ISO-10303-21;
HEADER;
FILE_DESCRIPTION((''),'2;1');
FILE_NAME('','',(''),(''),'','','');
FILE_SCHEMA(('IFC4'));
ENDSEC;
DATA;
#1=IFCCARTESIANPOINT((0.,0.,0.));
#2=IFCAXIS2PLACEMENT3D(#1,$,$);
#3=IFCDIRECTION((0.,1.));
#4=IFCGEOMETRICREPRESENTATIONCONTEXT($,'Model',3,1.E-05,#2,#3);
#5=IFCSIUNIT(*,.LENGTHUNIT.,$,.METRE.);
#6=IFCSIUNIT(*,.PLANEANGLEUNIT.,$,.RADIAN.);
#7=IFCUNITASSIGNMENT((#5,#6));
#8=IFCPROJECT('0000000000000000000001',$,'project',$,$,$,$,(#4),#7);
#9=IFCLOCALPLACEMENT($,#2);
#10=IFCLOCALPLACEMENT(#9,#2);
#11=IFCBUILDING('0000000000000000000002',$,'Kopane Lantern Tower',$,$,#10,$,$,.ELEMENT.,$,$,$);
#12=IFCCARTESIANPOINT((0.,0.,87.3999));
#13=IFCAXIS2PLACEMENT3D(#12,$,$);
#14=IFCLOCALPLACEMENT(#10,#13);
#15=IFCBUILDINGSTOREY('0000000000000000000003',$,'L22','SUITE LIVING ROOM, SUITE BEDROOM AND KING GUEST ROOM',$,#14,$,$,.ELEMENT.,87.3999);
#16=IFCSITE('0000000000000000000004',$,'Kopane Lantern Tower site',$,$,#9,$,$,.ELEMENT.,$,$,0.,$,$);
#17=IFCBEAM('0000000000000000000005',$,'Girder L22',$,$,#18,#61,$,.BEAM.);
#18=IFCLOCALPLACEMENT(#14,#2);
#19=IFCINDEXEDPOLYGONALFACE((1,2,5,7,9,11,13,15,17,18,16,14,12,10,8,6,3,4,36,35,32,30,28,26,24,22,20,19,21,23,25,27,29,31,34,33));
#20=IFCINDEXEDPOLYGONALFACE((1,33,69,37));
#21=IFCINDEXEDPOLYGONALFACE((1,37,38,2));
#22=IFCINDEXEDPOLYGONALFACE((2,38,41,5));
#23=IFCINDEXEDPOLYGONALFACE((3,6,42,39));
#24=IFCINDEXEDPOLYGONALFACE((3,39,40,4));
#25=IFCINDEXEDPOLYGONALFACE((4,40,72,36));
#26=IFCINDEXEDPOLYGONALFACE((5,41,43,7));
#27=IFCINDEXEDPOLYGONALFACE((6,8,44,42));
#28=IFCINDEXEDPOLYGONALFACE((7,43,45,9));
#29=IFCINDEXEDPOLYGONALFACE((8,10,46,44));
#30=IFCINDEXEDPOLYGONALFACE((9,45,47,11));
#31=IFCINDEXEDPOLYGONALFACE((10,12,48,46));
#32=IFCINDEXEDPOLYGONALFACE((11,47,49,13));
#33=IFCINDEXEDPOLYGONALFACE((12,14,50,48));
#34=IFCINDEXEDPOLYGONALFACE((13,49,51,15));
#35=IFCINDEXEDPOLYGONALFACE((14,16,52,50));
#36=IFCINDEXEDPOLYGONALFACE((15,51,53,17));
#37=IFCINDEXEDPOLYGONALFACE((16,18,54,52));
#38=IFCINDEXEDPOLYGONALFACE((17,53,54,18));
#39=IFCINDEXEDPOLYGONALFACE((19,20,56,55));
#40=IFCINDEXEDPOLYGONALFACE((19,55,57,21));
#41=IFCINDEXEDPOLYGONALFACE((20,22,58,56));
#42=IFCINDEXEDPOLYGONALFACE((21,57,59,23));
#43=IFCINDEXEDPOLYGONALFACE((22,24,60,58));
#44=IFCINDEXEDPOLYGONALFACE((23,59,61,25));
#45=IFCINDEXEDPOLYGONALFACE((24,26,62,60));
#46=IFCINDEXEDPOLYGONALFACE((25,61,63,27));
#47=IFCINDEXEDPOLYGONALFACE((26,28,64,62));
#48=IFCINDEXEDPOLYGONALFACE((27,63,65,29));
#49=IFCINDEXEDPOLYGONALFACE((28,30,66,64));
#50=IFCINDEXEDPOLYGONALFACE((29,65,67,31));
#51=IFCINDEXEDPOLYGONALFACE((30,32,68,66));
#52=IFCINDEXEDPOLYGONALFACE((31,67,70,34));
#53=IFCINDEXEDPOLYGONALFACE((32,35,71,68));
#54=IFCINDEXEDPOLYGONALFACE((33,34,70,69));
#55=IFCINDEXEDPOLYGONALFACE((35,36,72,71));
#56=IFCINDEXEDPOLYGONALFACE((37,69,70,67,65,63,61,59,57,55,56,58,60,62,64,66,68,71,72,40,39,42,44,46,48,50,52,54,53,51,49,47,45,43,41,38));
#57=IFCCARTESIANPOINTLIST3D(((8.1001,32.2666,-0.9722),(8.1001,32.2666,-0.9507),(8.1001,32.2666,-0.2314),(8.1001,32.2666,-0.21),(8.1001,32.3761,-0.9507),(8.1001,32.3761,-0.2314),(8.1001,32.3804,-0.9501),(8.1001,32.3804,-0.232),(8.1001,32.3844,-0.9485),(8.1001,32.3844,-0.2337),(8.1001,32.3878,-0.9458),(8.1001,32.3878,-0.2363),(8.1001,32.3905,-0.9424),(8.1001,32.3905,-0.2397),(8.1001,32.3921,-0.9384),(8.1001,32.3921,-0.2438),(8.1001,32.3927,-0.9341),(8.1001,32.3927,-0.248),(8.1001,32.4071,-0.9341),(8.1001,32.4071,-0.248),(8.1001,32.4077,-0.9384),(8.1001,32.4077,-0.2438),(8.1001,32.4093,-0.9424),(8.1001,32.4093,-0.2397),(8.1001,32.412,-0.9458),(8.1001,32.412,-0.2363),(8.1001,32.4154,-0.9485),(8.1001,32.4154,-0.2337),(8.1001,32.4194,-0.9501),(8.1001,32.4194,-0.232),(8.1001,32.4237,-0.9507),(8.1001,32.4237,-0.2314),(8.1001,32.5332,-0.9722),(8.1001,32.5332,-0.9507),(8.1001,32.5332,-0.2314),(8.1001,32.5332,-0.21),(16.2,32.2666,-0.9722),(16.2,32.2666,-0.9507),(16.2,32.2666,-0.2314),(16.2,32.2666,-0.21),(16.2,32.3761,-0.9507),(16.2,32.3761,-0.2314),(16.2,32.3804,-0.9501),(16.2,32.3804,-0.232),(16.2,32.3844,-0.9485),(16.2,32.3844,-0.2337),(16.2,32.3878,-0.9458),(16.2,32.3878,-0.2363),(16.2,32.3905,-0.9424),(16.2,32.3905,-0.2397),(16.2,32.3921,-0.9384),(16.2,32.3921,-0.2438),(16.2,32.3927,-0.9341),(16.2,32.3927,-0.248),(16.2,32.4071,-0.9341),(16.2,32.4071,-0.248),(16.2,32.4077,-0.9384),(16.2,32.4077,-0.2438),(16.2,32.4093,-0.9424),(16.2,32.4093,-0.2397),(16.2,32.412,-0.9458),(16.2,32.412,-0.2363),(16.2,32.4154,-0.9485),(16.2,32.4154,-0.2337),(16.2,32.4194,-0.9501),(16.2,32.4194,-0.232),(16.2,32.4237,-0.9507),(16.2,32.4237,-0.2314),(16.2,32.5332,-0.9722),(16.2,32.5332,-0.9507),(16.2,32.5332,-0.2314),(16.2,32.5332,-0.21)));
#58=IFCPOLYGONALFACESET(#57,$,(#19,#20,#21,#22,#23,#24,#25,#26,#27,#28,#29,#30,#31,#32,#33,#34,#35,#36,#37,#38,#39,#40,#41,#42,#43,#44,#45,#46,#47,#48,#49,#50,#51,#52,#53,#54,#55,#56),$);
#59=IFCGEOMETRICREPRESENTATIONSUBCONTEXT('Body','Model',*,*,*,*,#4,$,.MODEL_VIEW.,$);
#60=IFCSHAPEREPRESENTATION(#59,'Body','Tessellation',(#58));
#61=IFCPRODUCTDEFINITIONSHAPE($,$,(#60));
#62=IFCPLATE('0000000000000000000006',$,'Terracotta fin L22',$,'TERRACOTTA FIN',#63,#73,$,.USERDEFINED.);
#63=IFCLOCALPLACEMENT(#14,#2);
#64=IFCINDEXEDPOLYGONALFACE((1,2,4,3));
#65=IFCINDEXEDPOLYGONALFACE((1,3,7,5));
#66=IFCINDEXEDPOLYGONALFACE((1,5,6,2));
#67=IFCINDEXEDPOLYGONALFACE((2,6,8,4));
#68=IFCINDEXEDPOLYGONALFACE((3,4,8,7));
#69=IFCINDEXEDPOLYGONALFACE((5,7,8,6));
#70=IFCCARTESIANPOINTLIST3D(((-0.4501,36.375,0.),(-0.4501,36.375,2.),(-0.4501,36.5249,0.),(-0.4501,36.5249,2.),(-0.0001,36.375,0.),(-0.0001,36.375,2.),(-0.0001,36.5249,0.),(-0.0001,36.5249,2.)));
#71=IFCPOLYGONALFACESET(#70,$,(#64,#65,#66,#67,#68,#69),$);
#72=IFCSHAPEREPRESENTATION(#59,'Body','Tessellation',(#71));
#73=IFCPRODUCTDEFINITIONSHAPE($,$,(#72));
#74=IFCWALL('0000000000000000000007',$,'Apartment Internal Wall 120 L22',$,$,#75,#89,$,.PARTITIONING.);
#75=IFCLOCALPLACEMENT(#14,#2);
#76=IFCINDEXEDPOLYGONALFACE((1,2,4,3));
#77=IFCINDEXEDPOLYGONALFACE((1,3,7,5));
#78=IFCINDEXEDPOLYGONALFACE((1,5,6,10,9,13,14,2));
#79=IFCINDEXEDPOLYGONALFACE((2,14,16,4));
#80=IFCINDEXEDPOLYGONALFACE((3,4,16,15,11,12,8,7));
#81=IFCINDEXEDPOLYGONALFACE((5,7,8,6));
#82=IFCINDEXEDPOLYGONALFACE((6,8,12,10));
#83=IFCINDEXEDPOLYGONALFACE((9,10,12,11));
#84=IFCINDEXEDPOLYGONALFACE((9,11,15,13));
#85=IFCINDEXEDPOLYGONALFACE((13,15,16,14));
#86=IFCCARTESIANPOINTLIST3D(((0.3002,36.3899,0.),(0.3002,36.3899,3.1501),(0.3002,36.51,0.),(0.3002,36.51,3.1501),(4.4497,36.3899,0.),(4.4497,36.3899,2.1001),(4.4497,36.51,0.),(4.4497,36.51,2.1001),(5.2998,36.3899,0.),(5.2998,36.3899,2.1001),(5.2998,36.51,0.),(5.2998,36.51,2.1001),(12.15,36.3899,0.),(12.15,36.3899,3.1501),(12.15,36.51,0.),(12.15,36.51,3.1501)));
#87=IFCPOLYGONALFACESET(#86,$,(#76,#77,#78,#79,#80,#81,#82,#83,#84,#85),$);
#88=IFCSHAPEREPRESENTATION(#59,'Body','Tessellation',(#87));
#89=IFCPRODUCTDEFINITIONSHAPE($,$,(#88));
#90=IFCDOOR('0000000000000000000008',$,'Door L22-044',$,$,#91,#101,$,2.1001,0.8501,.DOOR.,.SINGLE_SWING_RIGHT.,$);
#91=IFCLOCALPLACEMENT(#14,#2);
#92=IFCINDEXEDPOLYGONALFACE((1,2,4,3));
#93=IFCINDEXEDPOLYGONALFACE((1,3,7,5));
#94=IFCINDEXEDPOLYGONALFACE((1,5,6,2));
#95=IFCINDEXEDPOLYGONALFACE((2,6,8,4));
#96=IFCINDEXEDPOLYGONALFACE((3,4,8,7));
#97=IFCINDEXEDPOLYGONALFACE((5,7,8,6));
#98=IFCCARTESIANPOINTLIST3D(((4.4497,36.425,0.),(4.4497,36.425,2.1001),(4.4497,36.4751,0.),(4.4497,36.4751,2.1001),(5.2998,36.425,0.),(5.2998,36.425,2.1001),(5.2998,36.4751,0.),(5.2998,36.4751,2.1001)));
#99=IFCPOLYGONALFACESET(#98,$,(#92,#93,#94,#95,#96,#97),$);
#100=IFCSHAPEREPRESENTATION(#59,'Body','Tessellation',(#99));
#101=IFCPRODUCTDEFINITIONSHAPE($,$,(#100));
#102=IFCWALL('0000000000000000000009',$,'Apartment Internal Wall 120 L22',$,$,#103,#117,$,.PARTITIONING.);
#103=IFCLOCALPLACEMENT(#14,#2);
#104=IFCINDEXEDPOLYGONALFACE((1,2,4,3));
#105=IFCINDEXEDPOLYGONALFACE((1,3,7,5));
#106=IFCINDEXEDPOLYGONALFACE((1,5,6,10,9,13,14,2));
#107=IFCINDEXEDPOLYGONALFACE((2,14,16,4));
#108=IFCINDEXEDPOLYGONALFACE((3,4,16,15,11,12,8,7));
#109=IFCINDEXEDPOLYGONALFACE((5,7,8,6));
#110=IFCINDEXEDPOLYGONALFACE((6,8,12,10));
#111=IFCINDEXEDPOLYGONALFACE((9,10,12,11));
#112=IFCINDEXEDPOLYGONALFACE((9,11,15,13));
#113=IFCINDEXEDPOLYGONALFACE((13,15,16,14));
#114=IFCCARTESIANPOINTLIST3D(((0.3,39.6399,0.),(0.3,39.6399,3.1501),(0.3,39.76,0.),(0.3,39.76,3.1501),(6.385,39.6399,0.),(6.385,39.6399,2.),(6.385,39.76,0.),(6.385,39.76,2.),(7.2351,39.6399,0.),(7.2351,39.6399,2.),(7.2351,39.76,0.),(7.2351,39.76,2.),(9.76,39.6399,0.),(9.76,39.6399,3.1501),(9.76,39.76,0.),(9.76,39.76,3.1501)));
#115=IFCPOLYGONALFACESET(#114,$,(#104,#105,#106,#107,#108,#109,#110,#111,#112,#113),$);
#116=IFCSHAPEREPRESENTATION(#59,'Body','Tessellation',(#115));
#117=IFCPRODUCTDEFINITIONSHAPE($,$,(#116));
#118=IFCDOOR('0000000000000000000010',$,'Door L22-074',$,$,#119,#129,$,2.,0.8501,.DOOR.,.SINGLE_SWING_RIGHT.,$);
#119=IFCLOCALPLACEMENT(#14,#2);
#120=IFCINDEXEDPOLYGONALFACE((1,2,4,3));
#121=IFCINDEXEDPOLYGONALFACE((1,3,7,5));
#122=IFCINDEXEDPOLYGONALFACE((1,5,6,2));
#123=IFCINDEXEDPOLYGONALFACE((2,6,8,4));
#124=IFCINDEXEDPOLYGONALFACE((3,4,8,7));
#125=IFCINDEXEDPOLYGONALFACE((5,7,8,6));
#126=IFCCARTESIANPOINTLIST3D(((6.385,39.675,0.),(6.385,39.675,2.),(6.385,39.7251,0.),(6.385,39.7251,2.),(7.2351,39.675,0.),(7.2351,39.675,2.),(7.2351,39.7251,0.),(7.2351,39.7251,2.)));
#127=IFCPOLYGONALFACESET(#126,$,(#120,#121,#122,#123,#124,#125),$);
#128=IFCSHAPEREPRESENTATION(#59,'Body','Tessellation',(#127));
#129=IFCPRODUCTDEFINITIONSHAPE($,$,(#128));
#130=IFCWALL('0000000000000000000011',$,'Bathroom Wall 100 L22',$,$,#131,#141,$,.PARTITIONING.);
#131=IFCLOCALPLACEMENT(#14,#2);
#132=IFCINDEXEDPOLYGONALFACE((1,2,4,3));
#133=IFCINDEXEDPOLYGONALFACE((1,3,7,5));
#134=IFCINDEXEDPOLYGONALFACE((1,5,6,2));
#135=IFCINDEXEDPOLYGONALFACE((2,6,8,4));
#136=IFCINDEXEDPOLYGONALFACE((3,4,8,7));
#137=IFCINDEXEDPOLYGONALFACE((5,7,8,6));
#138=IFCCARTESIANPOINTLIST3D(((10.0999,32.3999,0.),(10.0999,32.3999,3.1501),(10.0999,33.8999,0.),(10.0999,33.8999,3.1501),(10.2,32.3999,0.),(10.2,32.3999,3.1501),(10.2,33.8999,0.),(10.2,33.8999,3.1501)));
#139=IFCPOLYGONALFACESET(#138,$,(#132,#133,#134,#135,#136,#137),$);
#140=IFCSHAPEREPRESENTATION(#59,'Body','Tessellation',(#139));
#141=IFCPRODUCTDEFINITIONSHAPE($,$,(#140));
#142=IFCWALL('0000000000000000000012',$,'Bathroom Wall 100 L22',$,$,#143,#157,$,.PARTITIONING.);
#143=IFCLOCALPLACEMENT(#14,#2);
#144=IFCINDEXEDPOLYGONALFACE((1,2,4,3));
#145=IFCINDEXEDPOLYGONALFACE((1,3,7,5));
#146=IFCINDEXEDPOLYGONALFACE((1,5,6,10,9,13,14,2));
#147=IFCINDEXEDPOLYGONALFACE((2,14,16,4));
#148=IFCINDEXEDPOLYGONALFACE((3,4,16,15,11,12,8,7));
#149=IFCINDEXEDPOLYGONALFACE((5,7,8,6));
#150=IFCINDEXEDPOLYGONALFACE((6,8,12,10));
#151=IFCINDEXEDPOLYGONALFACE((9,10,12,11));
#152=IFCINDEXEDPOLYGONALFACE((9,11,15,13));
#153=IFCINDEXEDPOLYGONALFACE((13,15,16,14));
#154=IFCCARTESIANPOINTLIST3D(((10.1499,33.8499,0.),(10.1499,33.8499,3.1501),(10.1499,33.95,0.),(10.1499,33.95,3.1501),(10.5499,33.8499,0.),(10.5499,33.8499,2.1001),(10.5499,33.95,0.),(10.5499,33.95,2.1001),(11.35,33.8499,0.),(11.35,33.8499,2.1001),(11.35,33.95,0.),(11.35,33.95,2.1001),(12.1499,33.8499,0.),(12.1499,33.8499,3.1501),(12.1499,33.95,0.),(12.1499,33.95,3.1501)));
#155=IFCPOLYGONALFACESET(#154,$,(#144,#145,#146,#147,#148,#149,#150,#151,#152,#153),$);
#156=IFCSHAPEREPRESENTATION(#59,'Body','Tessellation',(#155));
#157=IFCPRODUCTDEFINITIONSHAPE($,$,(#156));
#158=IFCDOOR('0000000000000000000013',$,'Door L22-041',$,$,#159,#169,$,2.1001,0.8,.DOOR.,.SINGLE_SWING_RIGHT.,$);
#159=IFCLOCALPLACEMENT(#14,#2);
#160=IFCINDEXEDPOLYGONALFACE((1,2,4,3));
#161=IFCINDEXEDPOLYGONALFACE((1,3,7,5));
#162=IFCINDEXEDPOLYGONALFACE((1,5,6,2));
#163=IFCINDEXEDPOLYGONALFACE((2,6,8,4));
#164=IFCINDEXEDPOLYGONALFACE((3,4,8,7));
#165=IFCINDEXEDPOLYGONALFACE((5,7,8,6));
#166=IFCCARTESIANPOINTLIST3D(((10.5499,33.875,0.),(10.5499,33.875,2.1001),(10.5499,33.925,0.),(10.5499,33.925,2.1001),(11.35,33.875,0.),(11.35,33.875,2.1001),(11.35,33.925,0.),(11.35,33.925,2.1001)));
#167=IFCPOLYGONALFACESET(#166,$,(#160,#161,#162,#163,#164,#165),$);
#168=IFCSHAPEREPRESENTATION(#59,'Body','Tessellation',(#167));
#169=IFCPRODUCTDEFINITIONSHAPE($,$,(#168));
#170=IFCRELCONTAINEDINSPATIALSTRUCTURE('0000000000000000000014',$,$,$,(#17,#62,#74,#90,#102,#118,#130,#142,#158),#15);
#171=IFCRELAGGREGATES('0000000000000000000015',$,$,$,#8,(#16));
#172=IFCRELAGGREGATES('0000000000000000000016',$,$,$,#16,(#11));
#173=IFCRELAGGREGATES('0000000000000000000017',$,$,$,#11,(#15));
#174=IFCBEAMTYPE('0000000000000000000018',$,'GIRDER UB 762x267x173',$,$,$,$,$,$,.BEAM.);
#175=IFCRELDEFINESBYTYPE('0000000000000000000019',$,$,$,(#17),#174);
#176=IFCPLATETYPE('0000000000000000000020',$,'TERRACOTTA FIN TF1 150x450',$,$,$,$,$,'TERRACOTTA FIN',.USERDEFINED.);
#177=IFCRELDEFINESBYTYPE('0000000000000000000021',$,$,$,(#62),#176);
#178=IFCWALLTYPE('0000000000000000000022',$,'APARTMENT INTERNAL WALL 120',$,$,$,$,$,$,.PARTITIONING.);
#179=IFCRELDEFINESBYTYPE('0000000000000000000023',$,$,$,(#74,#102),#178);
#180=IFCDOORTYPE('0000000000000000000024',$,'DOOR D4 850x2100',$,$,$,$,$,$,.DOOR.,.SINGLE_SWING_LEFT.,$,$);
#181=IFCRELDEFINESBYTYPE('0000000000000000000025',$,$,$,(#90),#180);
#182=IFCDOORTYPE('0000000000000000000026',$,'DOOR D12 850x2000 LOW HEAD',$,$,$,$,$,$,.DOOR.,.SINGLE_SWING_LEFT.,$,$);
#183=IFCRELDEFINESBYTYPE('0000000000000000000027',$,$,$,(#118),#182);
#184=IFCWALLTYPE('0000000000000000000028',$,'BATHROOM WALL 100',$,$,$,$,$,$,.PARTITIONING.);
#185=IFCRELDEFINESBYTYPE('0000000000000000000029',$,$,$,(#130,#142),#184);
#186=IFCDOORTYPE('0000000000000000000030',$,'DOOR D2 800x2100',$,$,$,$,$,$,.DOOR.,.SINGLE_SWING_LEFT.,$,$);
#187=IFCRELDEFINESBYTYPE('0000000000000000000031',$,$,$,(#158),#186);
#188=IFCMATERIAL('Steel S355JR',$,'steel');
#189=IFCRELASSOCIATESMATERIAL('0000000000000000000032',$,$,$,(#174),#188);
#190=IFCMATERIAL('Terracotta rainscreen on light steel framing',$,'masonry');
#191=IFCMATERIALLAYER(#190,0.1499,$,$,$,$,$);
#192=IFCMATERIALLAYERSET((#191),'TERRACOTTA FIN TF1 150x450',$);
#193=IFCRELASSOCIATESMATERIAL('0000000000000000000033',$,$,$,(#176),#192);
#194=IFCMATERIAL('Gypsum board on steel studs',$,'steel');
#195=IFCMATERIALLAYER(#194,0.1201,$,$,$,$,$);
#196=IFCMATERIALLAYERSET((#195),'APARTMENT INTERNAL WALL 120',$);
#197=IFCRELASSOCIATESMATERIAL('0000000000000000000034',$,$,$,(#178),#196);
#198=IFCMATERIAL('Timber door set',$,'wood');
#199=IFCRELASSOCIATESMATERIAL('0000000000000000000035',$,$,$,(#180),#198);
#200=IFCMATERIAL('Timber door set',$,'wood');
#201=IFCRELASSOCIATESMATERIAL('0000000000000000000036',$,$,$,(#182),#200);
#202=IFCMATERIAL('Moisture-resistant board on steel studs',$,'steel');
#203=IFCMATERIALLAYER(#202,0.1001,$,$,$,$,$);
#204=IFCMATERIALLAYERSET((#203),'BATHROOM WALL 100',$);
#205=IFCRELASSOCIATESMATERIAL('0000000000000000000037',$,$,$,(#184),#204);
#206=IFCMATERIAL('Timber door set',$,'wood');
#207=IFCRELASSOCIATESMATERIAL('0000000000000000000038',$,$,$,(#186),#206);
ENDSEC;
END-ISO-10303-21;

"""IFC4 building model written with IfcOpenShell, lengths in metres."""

from ifc_helpers import new_model, si_unit, direction, frame, frame_2d, origin, origin_2d, place, context, subcontext, project, spatial, rectangle, i_section, extrude, material, layer, layer_set, material_profile, profile_set, type_object, element, fill, save


model = new_model("IFC4")

# Units and contexts
model_context = context("Model", 3, precision=1e-05, world=origin(), true_north=direction((0.0, 1.0)))
body_context = subcontext(model_context, "Body", "Model", "MODEL_VIEW")
ifc_project = project(units=[si_unit("LENGTHUNIT", "METRE"), si_unit("PLANEANGLEUNIT", "RADIAN")], contexts=[model_context])

# Site, building, storey
site_placement = place(None, origin())
site = spatial("IfcSite", under=ifc_project, at=site_placement, Name="Kopane Lantern Tower site", CompositionType="ELEMENT", RefElevation=0.0)
building_placement = place(site_placement, origin())
building = spatial("IfcBuilding", under=site, at=building_placement, Name="Kopane Lantern Tower", CompositionType="ELEMENT")
storey_placement = place(building_placement, frame((0.0, 0.0, 87.3999)))
storey = spatial("IfcBuildingStorey", under=building, at=storey_placement, Name="L22", Description="SUITE LIVING ROOM, SUITE BEDROOM AND KING GUEST ROOM", CompositionType="ELEMENT", Elevation=87.3999)

# Beam
ifc_material_1 = material(Name="Steel S355JR", Category="steel")
ifc_material_profile = material_profile(ifc_material_1, i_section(OverallWidth=0.2666, OverallDepth=0.7622, WebThickness=0.0144, FlangeThickness=0.0215, FilletRadius=0.0166, at=origin_2d()), Name="UB 762x267x173")
ifc_profile_set = profile_set([ifc_material_profile], Name="Steel S355JR")
beam_type = type_object("IfcBeamType", Name="GIRDER UB 762x267x173", PredefinedType="BEAM", material=ifc_profile_set)
beam_placement = place(storey_placement, frame((8.1001, 32.3999, -0.5911), z_axis=(1.0, 0.0, 0.0), x_axis=(0.0, 1.0, 0.0)))
element("IfcBeam", 1, at=beam_placement, inside=storey, type_object=beam_type, Name="Girder L22", PredefinedType="BEAM", context=body_context, shape_type="SweptSolid", body=[
    extrude(i_section(OverallWidth=0.2666, OverallDepth=0.7622, WebThickness=0.0144, FlangeThickness=0.0215, FilletRadius=0.0166, at=origin_2d()), origin(), (0.0, 0.0, 1.0), 8.0999),
])

# Plate
ifc_material_2 = material(Name="Terracotta rainscreen on light steel framing", Category="masonry")
ifc_layer_1 = layer(ifc_material_2, 0.1499)
ifc_layer_set_1 = layer_set([ifc_layer_1], Name="TERRACOTTA FIN TF1 150x450")
plate_type = type_object("IfcPlateType", Name="TERRACOTTA FIN TF1 150x450", ElementType="TERRACOTTA FIN", PredefinedType="USERDEFINED", material=ifc_layer_set_1)
plate_placement = place(storey_placement, frame((-0.2251, 36.45, 0.0), z_axis=(0.0, 0.0, 1.0), x_axis=(0.0, -1.0, 0.0)))
element("IfcPlate", 2, at=plate_placement, inside=storey, type_object=plate_type, Name="Terracotta fin L22", ObjectType="TERRACOTTA FIN", PredefinedType="USERDEFINED", context=body_context, shape_type="SweptSolid", body=[
    extrude(rectangle(XDim=0.1499, YDim=0.45, at=origin_2d()), origin(), (0.0, 0.0, 1.0), 2.0),
])

# Walls, openings, doors
ifc_material_3 = material(Name="Gypsum board on steel studs", Category="steel")
ifc_layer_2 = layer(ifc_material_3, 0.1201)
ifc_layer_set_2 = layer_set([ifc_layer_2], Name="APARTMENT INTERNAL WALL 120")
wall_type_1 = type_object("IfcWallType", Name="APARTMENT INTERNAL WALL 120", PredefinedType="PARTITIONING", material=ifc_layer_set_2)
wall_1_placement = place(storey_placement, frame((12.1499, 36.45, 0.0), z_axis=(0.0, 0.0, 1.0), x_axis=(-1.0, 0.0, 0.0)))
wall_1 = element("IfcWall", 3, at=wall_1_placement, inside=storey, type_object=wall_type_1, Name="Apartment Internal Wall 120 L22", PredefinedType="PARTITIONING", context=body_context, shape_type="SweptSolid", body=[
    extrude(rectangle(XDim=11.8499, YDim=0.1201, at=frame_2d((5.9248, 0.0))), origin(), (0.0, 0.0, 1.0), 3.1501),
])
opening_1_placement = place(wall_1_placement, frame((6.8501, 0.0, 0.0)))
opening_1 = element("IfcOpeningElement", 4, at=opening_1_placement, cuts=wall_1, PredefinedType="OPENING", context=body_context, shape_type="SweptSolid", body=[
    extrude(rectangle(XDim=0.8501, YDim=2.1001, at=frame_2d((0.425, 1.05))), frame((0.0, 0.0701, 0.0), z_axis=(0.0, -1.0, 0.0), x_axis=(1.0, 0.0, 0.0)), (0.0, 0.0, 1.0), 0.1401),
])
ifc_material_4 = material(Name="Timber door set", Category="wood")
door_type_1 = type_object("IfcDoorType", Name="DOOR D4 850x2100", OperationType="SINGLE_SWING_LEFT", PredefinedType="DOOR", material=ifc_material_4)
door_1_placement = place(opening_1_placement, origin())
door_1 = element("IfcDoor", 5, at=door_1_placement, inside=storey, type_object=door_type_1, Name="Door L22-044", OperationType="SINGLE_SWING_RIGHT", OverallHeight=2.1001, OverallWidth=0.8501, PredefinedType="DOOR", context=body_context, shape_type="SweptSolid", body=[
    extrude(rectangle(XDim=0.8501, YDim=2.1001, at=frame_2d((0.425, 1.05))), frame((0.0, 0.0249, 0.0), z_axis=(0.0, -1.0, 0.0), x_axis=(1.0, 0.0, 0.0)), (0.0, 0.0, 1.0), 0.05),
])
fill(opening_1, door_1)
wall_2_placement = place(storey_placement, frame((9.76, 39.7, 0.0), z_axis=(0.0, 0.0, 1.0), x_axis=(-1.0, 0.0, 0.0)))
wall_2 = element("IfcWall", 6, at=wall_2_placement, inside=storey, type_object=wall_type_1, Name="Apartment Internal Wall 120 L22", PredefinedType="PARTITIONING", context=body_context, shape_type="SweptSolid", body=[
    extrude(rectangle(XDim=9.46, YDim=0.1201, at=frame_2d((4.73, 0.0))), origin(), (0.0, 0.0, 1.0), 3.1501),
])
opening_2_placement = place(wall_2_placement, frame((2.5249, 0.0, 0.0)))
opening_2 = element("IfcOpeningElement", 7, at=opening_2_placement, cuts=wall_2, PredefinedType="OPENING", context=body_context, shape_type="SweptSolid", body=[
    extrude(rectangle(XDim=0.8501, YDim=2.0, at=frame_2d((0.425, 1.0))), frame((0.0, 0.0701, 0.0), z_axis=(0.0, -1.0, 0.0), x_axis=(1.0, 0.0, 0.0)), (0.0, 0.0, 1.0), 0.1401),
])
ifc_material_5 = material(Name="Timber door set", Category="wood")
door_type_2 = type_object("IfcDoorType", Name="DOOR D12 850x2000 LOW HEAD", OperationType="SINGLE_SWING_LEFT", PredefinedType="DOOR", material=ifc_material_5)
door_2_placement = place(opening_2_placement, origin())
door_2 = element("IfcDoor", 8, at=door_2_placement, inside=storey, type_object=door_type_2, Name="Door L22-074", OperationType="SINGLE_SWING_RIGHT", OverallHeight=2.0, OverallWidth=0.8501, PredefinedType="DOOR", context=body_context, shape_type="SweptSolid", body=[
    extrude(rectangle(XDim=0.8501, YDim=2.0, at=frame_2d((0.425, 1.0))), frame((0.0, 0.0249, 0.0), z_axis=(0.0, -1.0, 0.0), x_axis=(1.0, 0.0, 0.0)), (0.0, 0.0, 1.0), 0.05),
])
fill(opening_2, door_2)

# Wall
ifc_material_6 = material(Name="Moisture-resistant board on steel studs", Category="steel")
ifc_layer_3 = layer(ifc_material_6, 0.1001)
ifc_layer_set_3 = layer_set([ifc_layer_3], Name="BATHROOM WALL 100")
wall_type_2 = type_object("IfcWallType", Name="BATHROOM WALL 100", PredefinedType="PARTITIONING", material=ifc_layer_set_3)
wall_3_placement = place(storey_placement, frame((10.1499, 32.3999, 0.0), z_axis=(0.0, 0.0, 1.0), x_axis=(0.0, 1.0, 0.0)))
element("IfcWall", 9, at=wall_3_placement, inside=storey, type_object=wall_type_2, Name="Bathroom Wall 100 L22", PredefinedType="PARTITIONING", context=body_context, shape_type="SweptSolid", body=[
    extrude(rectangle(XDim=1.5, YDim=0.1001, at=frame_2d((0.75, 0.0))), origin(), (0.0, 0.0, 1.0), 3.1501),
])

# Wall, opening, door
wall_4_placement = place(storey_placement, frame((12.1499, 33.8999, 0.0), z_axis=(0.0, 0.0, 1.0), x_axis=(-1.0, 0.0, 0.0)))
wall_4 = element("IfcWall", 10, at=wall_4_placement, inside=storey, type_object=wall_type_2, Name="Bathroom Wall 100 L22", PredefinedType="PARTITIONING", context=body_context, shape_type="SweptSolid", body=[
    extrude(rectangle(XDim=2.0, YDim=0.1001, at=frame_2d((1.0, 0.0))), origin(), (0.0, 0.0, 1.0), 3.1501),
])
opening_3_placement = place(wall_4_placement, frame((0.8, 0.0, 0.0)))
opening_3 = element("IfcOpeningElement", 11, at=opening_3_placement, cuts=wall_4, PredefinedType="OPENING", context=body_context, shape_type="SweptSolid", body=[
    extrude(rectangle(XDim=0.8, YDim=2.1001, at=frame_2d((0.3999, 1.05))), frame((0.0, 0.0601, 0.0), z_axis=(0.0, -1.0, 0.0), x_axis=(1.0, 0.0, 0.0)), (0.0, 0.0, 1.0), 0.1201),
])
ifc_material_7 = material(Name="Timber door set", Category="wood")
door_type_3 = type_object("IfcDoorType", Name="DOOR D2 800x2100", OperationType="SINGLE_SWING_LEFT", PredefinedType="DOOR", material=ifc_material_7)
door_3_placement = place(opening_3_placement, origin())
door_3 = element("IfcDoor", 12, at=door_3_placement, inside=storey, type_object=door_type_3, Name="Door L22-041", OperationType="SINGLE_SWING_RIGHT", OverallHeight=2.1001, OverallWidth=0.8, PredefinedType="DOOR", context=body_context, shape_type="SweptSolid", body=[
    extrude(rectangle(XDim=0.8, YDim=2.1001, at=frame_2d((0.3999, 1.05))), frame((0.0, 0.0249, 0.0), z_axis=(0.0, -1.0, 0.0), x_axis=(1.0, 0.0, 0.0)), (0.0, 0.0, 1.0), 0.05),
])
fill(opening_3, door_3)

save(model, "model.ifc")
